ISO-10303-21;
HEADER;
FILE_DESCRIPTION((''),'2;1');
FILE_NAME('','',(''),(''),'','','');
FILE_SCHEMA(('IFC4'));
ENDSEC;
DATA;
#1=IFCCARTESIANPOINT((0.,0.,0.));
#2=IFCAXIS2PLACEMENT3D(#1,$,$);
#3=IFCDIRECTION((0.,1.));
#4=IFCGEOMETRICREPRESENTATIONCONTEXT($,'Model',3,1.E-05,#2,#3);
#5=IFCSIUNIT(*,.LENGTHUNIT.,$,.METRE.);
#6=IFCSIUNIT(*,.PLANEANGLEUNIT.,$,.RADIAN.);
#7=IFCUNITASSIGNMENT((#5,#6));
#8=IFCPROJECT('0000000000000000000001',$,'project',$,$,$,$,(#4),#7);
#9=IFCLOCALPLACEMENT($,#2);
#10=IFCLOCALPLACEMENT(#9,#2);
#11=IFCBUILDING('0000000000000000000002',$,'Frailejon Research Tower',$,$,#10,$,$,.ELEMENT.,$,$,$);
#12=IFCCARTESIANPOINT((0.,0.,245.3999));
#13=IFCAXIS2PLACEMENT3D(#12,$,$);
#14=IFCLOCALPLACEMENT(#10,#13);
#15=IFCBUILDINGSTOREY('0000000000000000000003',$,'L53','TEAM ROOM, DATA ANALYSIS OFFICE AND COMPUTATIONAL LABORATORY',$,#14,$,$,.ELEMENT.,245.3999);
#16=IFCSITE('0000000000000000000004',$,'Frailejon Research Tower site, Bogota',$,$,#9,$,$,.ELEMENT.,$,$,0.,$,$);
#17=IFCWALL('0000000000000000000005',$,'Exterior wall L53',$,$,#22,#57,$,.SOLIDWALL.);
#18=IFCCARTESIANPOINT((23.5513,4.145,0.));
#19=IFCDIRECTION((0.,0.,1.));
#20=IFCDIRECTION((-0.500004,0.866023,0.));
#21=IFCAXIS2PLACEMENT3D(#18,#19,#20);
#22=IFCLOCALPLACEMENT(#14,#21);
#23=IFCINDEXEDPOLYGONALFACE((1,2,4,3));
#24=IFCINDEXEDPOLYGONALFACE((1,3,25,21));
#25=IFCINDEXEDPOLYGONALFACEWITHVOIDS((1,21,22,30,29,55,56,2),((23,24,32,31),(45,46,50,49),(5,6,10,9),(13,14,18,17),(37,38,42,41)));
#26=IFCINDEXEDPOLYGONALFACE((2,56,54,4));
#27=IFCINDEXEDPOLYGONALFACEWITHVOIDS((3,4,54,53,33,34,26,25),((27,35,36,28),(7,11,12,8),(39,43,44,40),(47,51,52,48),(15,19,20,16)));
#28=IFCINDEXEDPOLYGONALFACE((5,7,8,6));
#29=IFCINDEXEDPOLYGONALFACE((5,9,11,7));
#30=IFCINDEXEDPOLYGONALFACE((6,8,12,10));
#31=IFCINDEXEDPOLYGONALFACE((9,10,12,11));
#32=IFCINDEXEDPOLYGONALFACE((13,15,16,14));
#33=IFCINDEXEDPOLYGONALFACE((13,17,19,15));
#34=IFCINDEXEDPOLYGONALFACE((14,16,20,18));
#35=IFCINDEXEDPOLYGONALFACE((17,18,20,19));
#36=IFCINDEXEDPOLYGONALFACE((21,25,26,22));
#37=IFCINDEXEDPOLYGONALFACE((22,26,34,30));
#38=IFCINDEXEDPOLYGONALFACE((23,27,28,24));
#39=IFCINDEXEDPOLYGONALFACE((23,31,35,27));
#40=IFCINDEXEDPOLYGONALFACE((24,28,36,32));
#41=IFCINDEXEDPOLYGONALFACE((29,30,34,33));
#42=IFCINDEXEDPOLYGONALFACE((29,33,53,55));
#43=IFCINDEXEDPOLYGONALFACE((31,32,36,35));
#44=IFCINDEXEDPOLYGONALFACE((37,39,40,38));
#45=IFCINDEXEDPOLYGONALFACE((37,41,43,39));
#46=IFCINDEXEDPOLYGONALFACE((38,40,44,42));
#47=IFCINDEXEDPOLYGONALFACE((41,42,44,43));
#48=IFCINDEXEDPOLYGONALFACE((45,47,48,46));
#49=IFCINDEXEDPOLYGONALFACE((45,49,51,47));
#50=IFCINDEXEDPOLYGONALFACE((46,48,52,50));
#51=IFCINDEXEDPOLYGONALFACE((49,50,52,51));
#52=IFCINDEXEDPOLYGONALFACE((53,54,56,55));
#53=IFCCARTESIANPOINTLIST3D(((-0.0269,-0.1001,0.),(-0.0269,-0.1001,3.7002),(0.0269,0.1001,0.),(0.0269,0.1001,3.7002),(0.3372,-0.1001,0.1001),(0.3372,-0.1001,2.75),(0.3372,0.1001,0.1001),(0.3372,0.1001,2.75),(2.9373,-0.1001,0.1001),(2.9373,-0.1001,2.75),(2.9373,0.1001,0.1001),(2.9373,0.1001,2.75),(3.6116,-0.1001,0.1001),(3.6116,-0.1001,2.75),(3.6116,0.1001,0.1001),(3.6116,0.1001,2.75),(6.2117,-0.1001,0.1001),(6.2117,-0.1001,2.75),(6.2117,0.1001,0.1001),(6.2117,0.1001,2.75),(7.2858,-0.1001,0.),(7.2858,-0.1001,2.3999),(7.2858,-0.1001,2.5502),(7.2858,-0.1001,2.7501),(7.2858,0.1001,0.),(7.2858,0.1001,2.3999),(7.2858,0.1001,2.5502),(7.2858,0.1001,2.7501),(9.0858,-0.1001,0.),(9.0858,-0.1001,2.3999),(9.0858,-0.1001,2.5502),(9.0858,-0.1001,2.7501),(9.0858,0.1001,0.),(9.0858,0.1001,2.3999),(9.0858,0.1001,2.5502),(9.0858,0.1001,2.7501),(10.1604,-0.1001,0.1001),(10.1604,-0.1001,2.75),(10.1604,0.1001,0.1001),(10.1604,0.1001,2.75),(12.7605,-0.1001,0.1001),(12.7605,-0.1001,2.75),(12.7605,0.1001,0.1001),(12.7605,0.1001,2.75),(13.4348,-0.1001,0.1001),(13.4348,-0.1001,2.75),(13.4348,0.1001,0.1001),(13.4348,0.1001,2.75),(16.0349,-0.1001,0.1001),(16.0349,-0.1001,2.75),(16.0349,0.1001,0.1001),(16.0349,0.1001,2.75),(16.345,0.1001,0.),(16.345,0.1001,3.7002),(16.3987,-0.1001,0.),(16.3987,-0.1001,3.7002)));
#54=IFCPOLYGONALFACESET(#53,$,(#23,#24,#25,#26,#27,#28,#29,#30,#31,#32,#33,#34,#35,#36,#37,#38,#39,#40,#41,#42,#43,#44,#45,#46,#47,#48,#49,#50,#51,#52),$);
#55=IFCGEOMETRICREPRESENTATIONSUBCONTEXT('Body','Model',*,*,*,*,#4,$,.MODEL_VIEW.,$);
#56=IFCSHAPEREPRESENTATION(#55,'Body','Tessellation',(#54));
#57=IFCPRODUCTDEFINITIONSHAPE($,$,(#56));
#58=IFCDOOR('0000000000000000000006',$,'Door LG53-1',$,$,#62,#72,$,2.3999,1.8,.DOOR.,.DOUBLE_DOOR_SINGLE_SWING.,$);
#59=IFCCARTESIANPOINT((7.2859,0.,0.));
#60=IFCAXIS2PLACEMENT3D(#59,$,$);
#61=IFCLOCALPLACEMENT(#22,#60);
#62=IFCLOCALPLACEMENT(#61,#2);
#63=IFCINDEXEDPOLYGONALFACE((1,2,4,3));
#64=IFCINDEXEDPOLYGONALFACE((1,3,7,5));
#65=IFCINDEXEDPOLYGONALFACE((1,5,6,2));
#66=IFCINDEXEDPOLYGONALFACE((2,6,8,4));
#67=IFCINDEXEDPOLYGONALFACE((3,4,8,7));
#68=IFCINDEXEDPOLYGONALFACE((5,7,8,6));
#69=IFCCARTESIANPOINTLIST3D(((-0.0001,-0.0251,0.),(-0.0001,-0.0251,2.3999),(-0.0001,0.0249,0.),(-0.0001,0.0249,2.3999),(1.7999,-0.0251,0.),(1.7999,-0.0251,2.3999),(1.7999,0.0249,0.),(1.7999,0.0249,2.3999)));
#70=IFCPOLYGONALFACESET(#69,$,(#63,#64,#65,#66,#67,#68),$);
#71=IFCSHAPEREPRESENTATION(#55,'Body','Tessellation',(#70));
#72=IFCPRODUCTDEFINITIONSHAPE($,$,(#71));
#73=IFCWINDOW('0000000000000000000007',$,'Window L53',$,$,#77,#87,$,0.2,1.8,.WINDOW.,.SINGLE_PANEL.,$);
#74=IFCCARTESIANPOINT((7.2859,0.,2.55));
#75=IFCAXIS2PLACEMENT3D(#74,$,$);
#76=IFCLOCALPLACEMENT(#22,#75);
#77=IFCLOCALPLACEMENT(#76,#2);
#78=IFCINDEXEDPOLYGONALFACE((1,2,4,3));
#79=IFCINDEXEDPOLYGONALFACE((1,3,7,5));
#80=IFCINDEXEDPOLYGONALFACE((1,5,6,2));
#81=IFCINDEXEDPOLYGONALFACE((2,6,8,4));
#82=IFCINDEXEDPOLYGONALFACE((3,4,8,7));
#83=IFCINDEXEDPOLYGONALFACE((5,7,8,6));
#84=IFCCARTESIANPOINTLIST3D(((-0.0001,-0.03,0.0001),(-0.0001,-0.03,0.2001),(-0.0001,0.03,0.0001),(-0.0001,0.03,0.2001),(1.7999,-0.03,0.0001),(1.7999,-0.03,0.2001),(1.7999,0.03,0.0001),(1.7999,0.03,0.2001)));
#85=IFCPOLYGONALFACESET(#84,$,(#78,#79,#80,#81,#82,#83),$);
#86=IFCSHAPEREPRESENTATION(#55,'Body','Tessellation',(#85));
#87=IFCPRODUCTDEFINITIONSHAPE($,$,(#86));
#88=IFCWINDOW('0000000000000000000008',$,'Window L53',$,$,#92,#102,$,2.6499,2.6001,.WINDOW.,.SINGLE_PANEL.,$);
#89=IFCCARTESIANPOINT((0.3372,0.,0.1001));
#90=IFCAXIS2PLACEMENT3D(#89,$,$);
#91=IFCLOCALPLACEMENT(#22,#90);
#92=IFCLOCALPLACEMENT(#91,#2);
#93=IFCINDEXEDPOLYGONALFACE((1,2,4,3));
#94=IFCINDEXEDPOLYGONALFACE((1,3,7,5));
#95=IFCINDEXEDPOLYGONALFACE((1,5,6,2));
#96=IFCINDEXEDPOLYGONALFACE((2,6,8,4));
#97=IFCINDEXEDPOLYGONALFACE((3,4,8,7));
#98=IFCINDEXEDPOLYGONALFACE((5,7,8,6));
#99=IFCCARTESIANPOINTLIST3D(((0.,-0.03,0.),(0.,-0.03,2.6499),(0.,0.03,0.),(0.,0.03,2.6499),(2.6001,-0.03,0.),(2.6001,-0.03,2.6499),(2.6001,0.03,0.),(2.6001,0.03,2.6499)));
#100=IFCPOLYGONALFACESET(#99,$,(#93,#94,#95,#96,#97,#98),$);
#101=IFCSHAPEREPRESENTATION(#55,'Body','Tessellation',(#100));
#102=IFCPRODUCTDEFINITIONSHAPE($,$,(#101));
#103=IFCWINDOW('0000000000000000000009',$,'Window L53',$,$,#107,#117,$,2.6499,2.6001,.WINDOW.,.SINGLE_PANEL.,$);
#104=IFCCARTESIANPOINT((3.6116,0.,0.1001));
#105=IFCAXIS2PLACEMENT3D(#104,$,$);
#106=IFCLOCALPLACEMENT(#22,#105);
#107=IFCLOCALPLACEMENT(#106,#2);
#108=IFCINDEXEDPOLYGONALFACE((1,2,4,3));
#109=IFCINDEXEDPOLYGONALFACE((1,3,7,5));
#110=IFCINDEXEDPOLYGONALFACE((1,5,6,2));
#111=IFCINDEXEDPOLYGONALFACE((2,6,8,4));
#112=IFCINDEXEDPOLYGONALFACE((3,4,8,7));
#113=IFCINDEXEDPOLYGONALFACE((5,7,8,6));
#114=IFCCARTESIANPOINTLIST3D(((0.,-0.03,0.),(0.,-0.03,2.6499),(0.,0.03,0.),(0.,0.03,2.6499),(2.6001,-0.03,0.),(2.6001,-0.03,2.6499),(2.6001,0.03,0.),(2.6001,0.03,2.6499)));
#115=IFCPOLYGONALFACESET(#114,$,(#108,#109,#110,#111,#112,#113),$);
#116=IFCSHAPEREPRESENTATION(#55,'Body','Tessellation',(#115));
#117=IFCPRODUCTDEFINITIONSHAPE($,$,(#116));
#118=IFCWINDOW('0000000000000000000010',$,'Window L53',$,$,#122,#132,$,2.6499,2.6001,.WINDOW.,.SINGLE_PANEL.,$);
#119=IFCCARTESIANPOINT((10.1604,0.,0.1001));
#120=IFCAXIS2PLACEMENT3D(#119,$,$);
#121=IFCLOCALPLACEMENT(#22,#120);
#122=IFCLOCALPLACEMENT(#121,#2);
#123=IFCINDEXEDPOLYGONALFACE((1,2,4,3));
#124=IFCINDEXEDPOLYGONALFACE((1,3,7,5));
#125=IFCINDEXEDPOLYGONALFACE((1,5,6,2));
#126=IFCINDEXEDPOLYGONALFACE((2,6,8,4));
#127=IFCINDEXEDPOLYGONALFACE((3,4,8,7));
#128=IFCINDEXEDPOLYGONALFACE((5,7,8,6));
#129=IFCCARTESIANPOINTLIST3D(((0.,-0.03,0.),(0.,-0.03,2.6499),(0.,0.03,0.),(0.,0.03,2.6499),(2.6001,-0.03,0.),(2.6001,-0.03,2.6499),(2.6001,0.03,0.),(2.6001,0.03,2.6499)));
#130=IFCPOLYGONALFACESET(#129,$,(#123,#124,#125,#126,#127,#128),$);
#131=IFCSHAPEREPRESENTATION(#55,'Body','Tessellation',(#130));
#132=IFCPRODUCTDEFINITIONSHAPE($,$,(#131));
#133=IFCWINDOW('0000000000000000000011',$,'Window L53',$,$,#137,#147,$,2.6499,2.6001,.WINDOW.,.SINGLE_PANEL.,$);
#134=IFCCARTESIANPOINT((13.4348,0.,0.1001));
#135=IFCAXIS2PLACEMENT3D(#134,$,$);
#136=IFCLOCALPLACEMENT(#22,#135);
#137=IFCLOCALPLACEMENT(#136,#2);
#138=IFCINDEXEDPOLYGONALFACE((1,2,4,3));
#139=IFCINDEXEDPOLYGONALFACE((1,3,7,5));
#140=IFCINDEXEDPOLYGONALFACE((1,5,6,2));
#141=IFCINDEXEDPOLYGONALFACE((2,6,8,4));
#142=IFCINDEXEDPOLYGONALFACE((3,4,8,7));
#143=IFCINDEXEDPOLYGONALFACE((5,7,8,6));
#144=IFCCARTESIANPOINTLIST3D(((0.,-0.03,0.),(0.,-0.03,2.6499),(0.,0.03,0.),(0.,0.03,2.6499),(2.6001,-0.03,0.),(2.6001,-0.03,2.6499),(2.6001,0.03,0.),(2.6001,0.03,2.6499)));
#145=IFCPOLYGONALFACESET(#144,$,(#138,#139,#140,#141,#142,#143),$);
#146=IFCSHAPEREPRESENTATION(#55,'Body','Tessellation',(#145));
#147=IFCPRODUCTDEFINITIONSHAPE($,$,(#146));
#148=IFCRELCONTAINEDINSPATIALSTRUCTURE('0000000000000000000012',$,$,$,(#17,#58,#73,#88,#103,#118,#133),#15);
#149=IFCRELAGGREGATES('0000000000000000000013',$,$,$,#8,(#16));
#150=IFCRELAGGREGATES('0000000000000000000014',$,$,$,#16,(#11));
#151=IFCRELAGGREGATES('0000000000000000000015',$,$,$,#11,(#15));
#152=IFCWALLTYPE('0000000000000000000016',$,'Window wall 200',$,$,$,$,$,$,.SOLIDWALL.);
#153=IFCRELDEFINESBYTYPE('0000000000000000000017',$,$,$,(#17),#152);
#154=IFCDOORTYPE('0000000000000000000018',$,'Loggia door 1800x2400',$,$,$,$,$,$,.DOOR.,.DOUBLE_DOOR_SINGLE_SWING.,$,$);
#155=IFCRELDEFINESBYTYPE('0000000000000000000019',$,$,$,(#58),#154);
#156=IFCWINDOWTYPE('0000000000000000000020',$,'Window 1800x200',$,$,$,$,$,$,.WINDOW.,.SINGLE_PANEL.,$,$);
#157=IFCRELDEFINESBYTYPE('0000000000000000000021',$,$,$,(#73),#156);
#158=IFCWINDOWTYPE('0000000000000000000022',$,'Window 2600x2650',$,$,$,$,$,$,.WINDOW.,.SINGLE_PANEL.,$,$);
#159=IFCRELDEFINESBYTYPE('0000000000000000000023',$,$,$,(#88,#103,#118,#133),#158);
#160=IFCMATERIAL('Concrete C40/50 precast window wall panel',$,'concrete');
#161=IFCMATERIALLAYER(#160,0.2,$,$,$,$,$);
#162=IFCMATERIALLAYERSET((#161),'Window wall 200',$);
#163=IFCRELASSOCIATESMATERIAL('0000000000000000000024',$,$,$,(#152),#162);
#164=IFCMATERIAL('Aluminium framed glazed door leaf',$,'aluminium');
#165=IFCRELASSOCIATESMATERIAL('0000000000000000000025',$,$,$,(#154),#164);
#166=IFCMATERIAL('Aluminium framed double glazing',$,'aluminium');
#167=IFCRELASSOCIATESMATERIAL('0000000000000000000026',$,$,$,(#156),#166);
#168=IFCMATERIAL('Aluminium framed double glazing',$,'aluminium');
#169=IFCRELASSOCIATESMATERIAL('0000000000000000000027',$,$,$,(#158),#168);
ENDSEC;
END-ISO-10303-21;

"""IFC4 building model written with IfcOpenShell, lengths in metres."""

from ifc_helpers import new_model, si_unit, direction, frame, frame_2d, origin, place, context, subcontext, project, spatial, polyline, rectangle, outline, extrude, material, layer, layer_set, type_object, element, fill, save


model = new_model("IFC4")

# Units and contexts
model_context = context("Model", 3, precision=1e-05, world=origin(), true_north=direction((0.0, 1.0)))
body_context = subcontext(model_context, "Body", "Model", "MODEL_VIEW")
ifc_project = project(units=[si_unit("LENGTHUNIT", "METRE"), si_unit("PLANEANGLEUNIT", "RADIAN")], contexts=[model_context])

# Site, building, storey
site_placement = place(None, origin())
site = spatial("IfcSite", under=ifc_project, at=site_placement, Name="Frailejon Research Tower site, Bogota", CompositionType="ELEMENT", RefElevation=0.0)
building_placement = place(site_placement, origin())
building = spatial("IfcBuilding", under=site, at=building_placement, Name="Frailejon Research Tower", CompositionType="ELEMENT")
storey_placement = place(building_placement, frame((0.0, 0.0, 245.3999)))
storey = spatial("IfcBuildingStorey", under=building, at=storey_placement, Name="L53", Description="TEAM ROOM, DATA ANALYSIS OFFICE AND COMPUTATIONAL LABORATORY", CompositionType="ELEMENT", Elevation=245.3999)

# Wall, openings, door, windows
ifc_material_1 = material(Name="Concrete C40/50 precast window wall panel", Category="concrete")
ifc_layer_1 = layer(ifc_material_1, 0.2)
ifc_layer_set_1 = layer_set([ifc_layer_1], Name="Window wall 200")
wall_type_1 = type_object("IfcWallType", Name="Window wall 200", PredefinedType="SOLIDWALL", material=ifc_layer_set_1)
wall_1_placement = place(storey_placement, frame((23.5513, 4.145, 0.0), z_axis=(0.0, 0.0, 1.0), x_axis=(-0.500004, 0.866023, 0.0)))
wall_1 = element("IfcWall", 1, at=wall_1_placement, inside=storey, type_object=wall_type_1, Name="Exterior wall L53", PredefinedType="SOLIDWALL", context=body_context, shape_type="SweptSolid", body=[
    extrude(outline(polyline([(-0.0269, -0.1001), (0.9998, -0.1001), (2.0264, -0.1001), (3.053, -0.1001), (4.0796, -0.1001), (5.1062, -0.1001), (6.1328, -0.1001), (7.1594, -0.1001), (8.186, -0.1001), (9.2124, -0.1001), (10.239, -0.1001), (11.2656, -0.1001), (12.2922, -0.1001), (13.3188, -0.1001), (14.3455, -0.1001), (15.3721, -0.1001), (16.3987, -0.1001), (16.345, 0.1001), (15.3252, 0.1001), (14.3052, 0.1001), (13.2854, 0.1001), (12.2654, 0.1001), (11.2456, 0.1001), (10.2256, 0.1001), (9.2058, 0.1001), (8.186, 0.1001), (7.166, 0.1001), (6.1462, 0.1001), (5.1262, 0.1001), (4.1064, 0.1001), (3.0864, 0.1001), (2.0667, 0.1001), (1.0466, 0.1001), (0.0269, 0.1001), (-0.0269, -0.1001)])), origin(), (0.0, 0.0, 1.0), 3.7002),
])
opening_1_placement = place(wall_1_placement, frame((0.3372, 0.0, 0.1001)))
opening_1 = element("IfcOpeningElement", 2, at=opening_1_placement, cuts=wall_1, PredefinedType="OPENING", context=body_context, shape_type="SweptSolid", body=[
    extrude(rectangle(XDim=2.6001, YDim=2.6499, at=frame_2d((1.3, 1.325))), frame((0.0, 0.1099, 0.0), z_axis=(0.0, -1.0, 0.0), x_axis=(1.0, 0.0, 0.0)), (0.0, 0.0, 1.0), 0.22),
])
opening_2_placement = place(wall_1_placement, frame((3.6116, 0.0, 0.1001)))
opening_2 = element("IfcOpeningElement", 3, at=opening_2_placement, cuts=wall_1, PredefinedType="OPENING", context=body_context, shape_type="SweptSolid", body=[
    extrude(rectangle(XDim=2.6001, YDim=2.6499, at=frame_2d((1.3, 1.325))), frame((0.0, 0.1099, 0.0), z_axis=(0.0, -1.0, 0.0), x_axis=(1.0, 0.0, 0.0)), (0.0, 0.0, 1.0), 0.22),
])
opening_3_placement = place(wall_1_placement, frame((7.2859, 0.0, 0.0)))
opening_3 = element("IfcOpeningElement", 4, at=opening_3_placement, cuts=wall_1, PredefinedType="OPENING", context=body_context, shape_type="SweptSolid", body=[
    extrude(rectangle(XDim=1.8, YDim=2.3999, at=frame_2d((0.8999, 1.2))), frame((0.0, 0.1099, 0.0), z_axis=(0.0, -1.0, 0.0), x_axis=(1.0, 0.0, 0.0)), (0.0, 0.0, 1.0), 0.22),
])
opening_4_placement = place(wall_1_placement, frame((7.2859, 0.0, 2.55)))
opening_4 = element("IfcOpeningElement", 5, at=opening_4_placement, cuts=wall_1, PredefinedType="OPENING", context=body_context, shape_type="SweptSolid", body=[
    extrude(rectangle(XDim=1.8, YDim=0.2, at=frame_2d((0.8999, 0.1001))), frame((0.0, 0.1099, 0.0), z_axis=(0.0, -1.0, 0.0), x_axis=(1.0, 0.0, 0.0)), (0.0, 0.0, 1.0), 0.22),
])
opening_5_placement = place(wall_1_placement, frame((10.1604, 0.0, 0.1001)))
opening_5 = element("IfcOpeningElement", 6, at=opening_5_placement, cuts=wall_1, PredefinedType="OPENING", context=body_context, shape_type="SweptSolid", body=[
    extrude(rectangle(XDim=2.6001, YDim=2.6499, at=frame_2d((1.3, 1.325))), frame((0.0, 0.1099, 0.0), z_axis=(0.0, -1.0, 0.0), x_axis=(1.0, 0.0, 0.0)), (0.0, 0.0, 1.0), 0.22),
])
opening_6_placement = place(wall_1_placement, frame((13.4348, 0.0, 0.1001)))
opening_6 = element("IfcOpeningElement", 7, at=opening_6_placement, cuts=wall_1, PredefinedType="OPENING", context=body_context, shape_type="SweptSolid", body=[
    extrude(rectangle(XDim=2.6001, YDim=2.6499, at=frame_2d((1.3, 1.325))), frame((0.0, 0.1099, 0.0), z_axis=(0.0, -1.0, 0.0), x_axis=(1.0, 0.0, 0.0)), (0.0, 0.0, 1.0), 0.22),
])
ifc_material_2 = material(Name="Aluminium framed glazed door leaf", Category="aluminium")
door_type = type_object("IfcDoorType", Name="Loggia door 1800x2400", OperationType="DOUBLE_DOOR_SINGLE_SWING", PredefinedType="DOOR", material=ifc_material_2)
door_placement = place(opening_3_placement, origin())
door = element("IfcDoor", 8, at=door_placement, inside=storey, type_object=door_type, Name="Door LG53-1", OperationType="DOUBLE_DOOR_SINGLE_SWING", OverallHeight=2.3999, OverallWidth=1.8, PredefinedType="DOOR", context=body_context, shape_type="SweptSolid", body=[
    extrude(rectangle(XDim=1.8, YDim=2.3999, at=frame_2d((0.8999, 1.2))), frame((0.0, 0.0249, 0.0), z_axis=(0.0, -1.0, 0.0), x_axis=(1.0, 0.0, 0.0)), (0.0, 0.0, 1.0), 0.05),
])
fill(opening_3, door)
ifc_material_3 = material(Name="Aluminium framed double glazing", Category="aluminium")
window_type_1 = type_object("IfcWindowType", Name="Window 1800x200", PartitioningType="SINGLE_PANEL", PredefinedType="WINDOW", material=ifc_material_3)
window_1_placement = place(opening_4_placement, origin())
window_1 = element("IfcWindow", 9, at=window_1_placement, inside=storey, type_object=window_type_1, Name="Window L53", OverallHeight=0.2, OverallWidth=1.8, PartitioningType="SINGLE_PANEL", PredefinedType="WINDOW", context=body_context, shape_type="SweptSolid", body=[
    extrude(rectangle(XDim=1.8, YDim=0.2, at=frame_2d((0.8999, 0.1001))), frame((0.0, 0.03, 0.0), z_axis=(0.0, -1.0, 0.0), x_axis=(1.0, 0.0, 0.0)), (0.0, 0.0, 1.0), 0.0601),
])
fill(opening_4, window_1)
ifc_material_4 = material(Name="Aluminium framed double glazing", Category="aluminium")
window_type_2 = type_object("IfcWindowType", Name="Window 2600x2650", PartitioningType="SINGLE_PANEL", PredefinedType="WINDOW", material=ifc_material_4)
window_2_placement = place(opening_1_placement, origin())
window_2 = element("IfcWindow", 10, at=window_2_placement, inside=storey, type_object=window_type_2, Name="Window L53", OverallHeight=2.6499, OverallWidth=2.6001, PartitioningType="SINGLE_PANEL", PredefinedType="WINDOW", context=body_context, shape_type="SweptSolid", body=[
    extrude(rectangle(XDim=2.6001, YDim=2.6499, at=frame_2d((1.3, 1.325))), frame((0.0, 0.03, 0.0), z_axis=(0.0, -1.0, 0.0), x_axis=(1.0, 0.0, 0.0)), (0.0, 0.0, 1.0), 0.0601),
])
fill(opening_1, window_2)
window_3_placement = place(opening_2_placement, origin())
window_3 = element("IfcWindow", 11, at=window_3_placement, inside=storey, type_object=window_type_2, Name="Window L53", OverallHeight=2.6499, OverallWidth=2.6001, PartitioningType="SINGLE_PANEL", PredefinedType="WINDOW", context=body_context, shape_type="SweptSolid", body=[
    extrude(rectangle(XDim=2.6001, YDim=2.6499, at=frame_2d((1.3, 1.325))), frame((0.0, 0.03, 0.0), z_axis=(0.0, -1.0, 0.0), x_axis=(1.0, 0.0, 0.0)), (0.0, 0.0, 1.0), 0.0601),
])
fill(opening_2, window_3)
window_4_placement = place(opening_5_placement, origin())
window_4 = element("IfcWindow", 12, at=window_4_placement, inside=storey, type_object=window_type_2, Name="Window L53", OverallHeight=2.6499, OverallWidth=2.6001, PartitioningType="SINGLE_PANEL", PredefinedType="WINDOW", context=body_context, shape_type="SweptSolid", body=[
    extrude(rectangle(XDim=2.6001, YDim=2.6499, at=frame_2d((1.3, 1.325))), frame((0.0, 0.03, 0.0), z_axis=(0.0, -1.0, 0.0), x_axis=(1.0, 0.0, 0.0)), (0.0, 0.0, 1.0), 0.0601),
])
fill(opening_5, window_4)
window_5_placement = place(opening_6_placement, origin())
window_5 = element("IfcWindow", 13, at=window_5_placement, inside=storey, type_object=window_type_2, Name="Window L53", OverallHeight=2.6499, OverallWidth=2.6001, PartitioningType="SINGLE_PANEL", PredefinedType="WINDOW", context=body_context, shape_type="SweptSolid", body=[
    extrude(rectangle(XDim=2.6001, YDim=2.6499, at=frame_2d((1.3, 1.325))), frame((0.0, 0.03, 0.0), z_axis=(0.0, -1.0, 0.0), x_axis=(1.0, 0.0, 0.0)), (0.0, 0.0, 1.0), 0.0601),
])
fill(opening_6, window_5)

save(model, "model.ifc")
